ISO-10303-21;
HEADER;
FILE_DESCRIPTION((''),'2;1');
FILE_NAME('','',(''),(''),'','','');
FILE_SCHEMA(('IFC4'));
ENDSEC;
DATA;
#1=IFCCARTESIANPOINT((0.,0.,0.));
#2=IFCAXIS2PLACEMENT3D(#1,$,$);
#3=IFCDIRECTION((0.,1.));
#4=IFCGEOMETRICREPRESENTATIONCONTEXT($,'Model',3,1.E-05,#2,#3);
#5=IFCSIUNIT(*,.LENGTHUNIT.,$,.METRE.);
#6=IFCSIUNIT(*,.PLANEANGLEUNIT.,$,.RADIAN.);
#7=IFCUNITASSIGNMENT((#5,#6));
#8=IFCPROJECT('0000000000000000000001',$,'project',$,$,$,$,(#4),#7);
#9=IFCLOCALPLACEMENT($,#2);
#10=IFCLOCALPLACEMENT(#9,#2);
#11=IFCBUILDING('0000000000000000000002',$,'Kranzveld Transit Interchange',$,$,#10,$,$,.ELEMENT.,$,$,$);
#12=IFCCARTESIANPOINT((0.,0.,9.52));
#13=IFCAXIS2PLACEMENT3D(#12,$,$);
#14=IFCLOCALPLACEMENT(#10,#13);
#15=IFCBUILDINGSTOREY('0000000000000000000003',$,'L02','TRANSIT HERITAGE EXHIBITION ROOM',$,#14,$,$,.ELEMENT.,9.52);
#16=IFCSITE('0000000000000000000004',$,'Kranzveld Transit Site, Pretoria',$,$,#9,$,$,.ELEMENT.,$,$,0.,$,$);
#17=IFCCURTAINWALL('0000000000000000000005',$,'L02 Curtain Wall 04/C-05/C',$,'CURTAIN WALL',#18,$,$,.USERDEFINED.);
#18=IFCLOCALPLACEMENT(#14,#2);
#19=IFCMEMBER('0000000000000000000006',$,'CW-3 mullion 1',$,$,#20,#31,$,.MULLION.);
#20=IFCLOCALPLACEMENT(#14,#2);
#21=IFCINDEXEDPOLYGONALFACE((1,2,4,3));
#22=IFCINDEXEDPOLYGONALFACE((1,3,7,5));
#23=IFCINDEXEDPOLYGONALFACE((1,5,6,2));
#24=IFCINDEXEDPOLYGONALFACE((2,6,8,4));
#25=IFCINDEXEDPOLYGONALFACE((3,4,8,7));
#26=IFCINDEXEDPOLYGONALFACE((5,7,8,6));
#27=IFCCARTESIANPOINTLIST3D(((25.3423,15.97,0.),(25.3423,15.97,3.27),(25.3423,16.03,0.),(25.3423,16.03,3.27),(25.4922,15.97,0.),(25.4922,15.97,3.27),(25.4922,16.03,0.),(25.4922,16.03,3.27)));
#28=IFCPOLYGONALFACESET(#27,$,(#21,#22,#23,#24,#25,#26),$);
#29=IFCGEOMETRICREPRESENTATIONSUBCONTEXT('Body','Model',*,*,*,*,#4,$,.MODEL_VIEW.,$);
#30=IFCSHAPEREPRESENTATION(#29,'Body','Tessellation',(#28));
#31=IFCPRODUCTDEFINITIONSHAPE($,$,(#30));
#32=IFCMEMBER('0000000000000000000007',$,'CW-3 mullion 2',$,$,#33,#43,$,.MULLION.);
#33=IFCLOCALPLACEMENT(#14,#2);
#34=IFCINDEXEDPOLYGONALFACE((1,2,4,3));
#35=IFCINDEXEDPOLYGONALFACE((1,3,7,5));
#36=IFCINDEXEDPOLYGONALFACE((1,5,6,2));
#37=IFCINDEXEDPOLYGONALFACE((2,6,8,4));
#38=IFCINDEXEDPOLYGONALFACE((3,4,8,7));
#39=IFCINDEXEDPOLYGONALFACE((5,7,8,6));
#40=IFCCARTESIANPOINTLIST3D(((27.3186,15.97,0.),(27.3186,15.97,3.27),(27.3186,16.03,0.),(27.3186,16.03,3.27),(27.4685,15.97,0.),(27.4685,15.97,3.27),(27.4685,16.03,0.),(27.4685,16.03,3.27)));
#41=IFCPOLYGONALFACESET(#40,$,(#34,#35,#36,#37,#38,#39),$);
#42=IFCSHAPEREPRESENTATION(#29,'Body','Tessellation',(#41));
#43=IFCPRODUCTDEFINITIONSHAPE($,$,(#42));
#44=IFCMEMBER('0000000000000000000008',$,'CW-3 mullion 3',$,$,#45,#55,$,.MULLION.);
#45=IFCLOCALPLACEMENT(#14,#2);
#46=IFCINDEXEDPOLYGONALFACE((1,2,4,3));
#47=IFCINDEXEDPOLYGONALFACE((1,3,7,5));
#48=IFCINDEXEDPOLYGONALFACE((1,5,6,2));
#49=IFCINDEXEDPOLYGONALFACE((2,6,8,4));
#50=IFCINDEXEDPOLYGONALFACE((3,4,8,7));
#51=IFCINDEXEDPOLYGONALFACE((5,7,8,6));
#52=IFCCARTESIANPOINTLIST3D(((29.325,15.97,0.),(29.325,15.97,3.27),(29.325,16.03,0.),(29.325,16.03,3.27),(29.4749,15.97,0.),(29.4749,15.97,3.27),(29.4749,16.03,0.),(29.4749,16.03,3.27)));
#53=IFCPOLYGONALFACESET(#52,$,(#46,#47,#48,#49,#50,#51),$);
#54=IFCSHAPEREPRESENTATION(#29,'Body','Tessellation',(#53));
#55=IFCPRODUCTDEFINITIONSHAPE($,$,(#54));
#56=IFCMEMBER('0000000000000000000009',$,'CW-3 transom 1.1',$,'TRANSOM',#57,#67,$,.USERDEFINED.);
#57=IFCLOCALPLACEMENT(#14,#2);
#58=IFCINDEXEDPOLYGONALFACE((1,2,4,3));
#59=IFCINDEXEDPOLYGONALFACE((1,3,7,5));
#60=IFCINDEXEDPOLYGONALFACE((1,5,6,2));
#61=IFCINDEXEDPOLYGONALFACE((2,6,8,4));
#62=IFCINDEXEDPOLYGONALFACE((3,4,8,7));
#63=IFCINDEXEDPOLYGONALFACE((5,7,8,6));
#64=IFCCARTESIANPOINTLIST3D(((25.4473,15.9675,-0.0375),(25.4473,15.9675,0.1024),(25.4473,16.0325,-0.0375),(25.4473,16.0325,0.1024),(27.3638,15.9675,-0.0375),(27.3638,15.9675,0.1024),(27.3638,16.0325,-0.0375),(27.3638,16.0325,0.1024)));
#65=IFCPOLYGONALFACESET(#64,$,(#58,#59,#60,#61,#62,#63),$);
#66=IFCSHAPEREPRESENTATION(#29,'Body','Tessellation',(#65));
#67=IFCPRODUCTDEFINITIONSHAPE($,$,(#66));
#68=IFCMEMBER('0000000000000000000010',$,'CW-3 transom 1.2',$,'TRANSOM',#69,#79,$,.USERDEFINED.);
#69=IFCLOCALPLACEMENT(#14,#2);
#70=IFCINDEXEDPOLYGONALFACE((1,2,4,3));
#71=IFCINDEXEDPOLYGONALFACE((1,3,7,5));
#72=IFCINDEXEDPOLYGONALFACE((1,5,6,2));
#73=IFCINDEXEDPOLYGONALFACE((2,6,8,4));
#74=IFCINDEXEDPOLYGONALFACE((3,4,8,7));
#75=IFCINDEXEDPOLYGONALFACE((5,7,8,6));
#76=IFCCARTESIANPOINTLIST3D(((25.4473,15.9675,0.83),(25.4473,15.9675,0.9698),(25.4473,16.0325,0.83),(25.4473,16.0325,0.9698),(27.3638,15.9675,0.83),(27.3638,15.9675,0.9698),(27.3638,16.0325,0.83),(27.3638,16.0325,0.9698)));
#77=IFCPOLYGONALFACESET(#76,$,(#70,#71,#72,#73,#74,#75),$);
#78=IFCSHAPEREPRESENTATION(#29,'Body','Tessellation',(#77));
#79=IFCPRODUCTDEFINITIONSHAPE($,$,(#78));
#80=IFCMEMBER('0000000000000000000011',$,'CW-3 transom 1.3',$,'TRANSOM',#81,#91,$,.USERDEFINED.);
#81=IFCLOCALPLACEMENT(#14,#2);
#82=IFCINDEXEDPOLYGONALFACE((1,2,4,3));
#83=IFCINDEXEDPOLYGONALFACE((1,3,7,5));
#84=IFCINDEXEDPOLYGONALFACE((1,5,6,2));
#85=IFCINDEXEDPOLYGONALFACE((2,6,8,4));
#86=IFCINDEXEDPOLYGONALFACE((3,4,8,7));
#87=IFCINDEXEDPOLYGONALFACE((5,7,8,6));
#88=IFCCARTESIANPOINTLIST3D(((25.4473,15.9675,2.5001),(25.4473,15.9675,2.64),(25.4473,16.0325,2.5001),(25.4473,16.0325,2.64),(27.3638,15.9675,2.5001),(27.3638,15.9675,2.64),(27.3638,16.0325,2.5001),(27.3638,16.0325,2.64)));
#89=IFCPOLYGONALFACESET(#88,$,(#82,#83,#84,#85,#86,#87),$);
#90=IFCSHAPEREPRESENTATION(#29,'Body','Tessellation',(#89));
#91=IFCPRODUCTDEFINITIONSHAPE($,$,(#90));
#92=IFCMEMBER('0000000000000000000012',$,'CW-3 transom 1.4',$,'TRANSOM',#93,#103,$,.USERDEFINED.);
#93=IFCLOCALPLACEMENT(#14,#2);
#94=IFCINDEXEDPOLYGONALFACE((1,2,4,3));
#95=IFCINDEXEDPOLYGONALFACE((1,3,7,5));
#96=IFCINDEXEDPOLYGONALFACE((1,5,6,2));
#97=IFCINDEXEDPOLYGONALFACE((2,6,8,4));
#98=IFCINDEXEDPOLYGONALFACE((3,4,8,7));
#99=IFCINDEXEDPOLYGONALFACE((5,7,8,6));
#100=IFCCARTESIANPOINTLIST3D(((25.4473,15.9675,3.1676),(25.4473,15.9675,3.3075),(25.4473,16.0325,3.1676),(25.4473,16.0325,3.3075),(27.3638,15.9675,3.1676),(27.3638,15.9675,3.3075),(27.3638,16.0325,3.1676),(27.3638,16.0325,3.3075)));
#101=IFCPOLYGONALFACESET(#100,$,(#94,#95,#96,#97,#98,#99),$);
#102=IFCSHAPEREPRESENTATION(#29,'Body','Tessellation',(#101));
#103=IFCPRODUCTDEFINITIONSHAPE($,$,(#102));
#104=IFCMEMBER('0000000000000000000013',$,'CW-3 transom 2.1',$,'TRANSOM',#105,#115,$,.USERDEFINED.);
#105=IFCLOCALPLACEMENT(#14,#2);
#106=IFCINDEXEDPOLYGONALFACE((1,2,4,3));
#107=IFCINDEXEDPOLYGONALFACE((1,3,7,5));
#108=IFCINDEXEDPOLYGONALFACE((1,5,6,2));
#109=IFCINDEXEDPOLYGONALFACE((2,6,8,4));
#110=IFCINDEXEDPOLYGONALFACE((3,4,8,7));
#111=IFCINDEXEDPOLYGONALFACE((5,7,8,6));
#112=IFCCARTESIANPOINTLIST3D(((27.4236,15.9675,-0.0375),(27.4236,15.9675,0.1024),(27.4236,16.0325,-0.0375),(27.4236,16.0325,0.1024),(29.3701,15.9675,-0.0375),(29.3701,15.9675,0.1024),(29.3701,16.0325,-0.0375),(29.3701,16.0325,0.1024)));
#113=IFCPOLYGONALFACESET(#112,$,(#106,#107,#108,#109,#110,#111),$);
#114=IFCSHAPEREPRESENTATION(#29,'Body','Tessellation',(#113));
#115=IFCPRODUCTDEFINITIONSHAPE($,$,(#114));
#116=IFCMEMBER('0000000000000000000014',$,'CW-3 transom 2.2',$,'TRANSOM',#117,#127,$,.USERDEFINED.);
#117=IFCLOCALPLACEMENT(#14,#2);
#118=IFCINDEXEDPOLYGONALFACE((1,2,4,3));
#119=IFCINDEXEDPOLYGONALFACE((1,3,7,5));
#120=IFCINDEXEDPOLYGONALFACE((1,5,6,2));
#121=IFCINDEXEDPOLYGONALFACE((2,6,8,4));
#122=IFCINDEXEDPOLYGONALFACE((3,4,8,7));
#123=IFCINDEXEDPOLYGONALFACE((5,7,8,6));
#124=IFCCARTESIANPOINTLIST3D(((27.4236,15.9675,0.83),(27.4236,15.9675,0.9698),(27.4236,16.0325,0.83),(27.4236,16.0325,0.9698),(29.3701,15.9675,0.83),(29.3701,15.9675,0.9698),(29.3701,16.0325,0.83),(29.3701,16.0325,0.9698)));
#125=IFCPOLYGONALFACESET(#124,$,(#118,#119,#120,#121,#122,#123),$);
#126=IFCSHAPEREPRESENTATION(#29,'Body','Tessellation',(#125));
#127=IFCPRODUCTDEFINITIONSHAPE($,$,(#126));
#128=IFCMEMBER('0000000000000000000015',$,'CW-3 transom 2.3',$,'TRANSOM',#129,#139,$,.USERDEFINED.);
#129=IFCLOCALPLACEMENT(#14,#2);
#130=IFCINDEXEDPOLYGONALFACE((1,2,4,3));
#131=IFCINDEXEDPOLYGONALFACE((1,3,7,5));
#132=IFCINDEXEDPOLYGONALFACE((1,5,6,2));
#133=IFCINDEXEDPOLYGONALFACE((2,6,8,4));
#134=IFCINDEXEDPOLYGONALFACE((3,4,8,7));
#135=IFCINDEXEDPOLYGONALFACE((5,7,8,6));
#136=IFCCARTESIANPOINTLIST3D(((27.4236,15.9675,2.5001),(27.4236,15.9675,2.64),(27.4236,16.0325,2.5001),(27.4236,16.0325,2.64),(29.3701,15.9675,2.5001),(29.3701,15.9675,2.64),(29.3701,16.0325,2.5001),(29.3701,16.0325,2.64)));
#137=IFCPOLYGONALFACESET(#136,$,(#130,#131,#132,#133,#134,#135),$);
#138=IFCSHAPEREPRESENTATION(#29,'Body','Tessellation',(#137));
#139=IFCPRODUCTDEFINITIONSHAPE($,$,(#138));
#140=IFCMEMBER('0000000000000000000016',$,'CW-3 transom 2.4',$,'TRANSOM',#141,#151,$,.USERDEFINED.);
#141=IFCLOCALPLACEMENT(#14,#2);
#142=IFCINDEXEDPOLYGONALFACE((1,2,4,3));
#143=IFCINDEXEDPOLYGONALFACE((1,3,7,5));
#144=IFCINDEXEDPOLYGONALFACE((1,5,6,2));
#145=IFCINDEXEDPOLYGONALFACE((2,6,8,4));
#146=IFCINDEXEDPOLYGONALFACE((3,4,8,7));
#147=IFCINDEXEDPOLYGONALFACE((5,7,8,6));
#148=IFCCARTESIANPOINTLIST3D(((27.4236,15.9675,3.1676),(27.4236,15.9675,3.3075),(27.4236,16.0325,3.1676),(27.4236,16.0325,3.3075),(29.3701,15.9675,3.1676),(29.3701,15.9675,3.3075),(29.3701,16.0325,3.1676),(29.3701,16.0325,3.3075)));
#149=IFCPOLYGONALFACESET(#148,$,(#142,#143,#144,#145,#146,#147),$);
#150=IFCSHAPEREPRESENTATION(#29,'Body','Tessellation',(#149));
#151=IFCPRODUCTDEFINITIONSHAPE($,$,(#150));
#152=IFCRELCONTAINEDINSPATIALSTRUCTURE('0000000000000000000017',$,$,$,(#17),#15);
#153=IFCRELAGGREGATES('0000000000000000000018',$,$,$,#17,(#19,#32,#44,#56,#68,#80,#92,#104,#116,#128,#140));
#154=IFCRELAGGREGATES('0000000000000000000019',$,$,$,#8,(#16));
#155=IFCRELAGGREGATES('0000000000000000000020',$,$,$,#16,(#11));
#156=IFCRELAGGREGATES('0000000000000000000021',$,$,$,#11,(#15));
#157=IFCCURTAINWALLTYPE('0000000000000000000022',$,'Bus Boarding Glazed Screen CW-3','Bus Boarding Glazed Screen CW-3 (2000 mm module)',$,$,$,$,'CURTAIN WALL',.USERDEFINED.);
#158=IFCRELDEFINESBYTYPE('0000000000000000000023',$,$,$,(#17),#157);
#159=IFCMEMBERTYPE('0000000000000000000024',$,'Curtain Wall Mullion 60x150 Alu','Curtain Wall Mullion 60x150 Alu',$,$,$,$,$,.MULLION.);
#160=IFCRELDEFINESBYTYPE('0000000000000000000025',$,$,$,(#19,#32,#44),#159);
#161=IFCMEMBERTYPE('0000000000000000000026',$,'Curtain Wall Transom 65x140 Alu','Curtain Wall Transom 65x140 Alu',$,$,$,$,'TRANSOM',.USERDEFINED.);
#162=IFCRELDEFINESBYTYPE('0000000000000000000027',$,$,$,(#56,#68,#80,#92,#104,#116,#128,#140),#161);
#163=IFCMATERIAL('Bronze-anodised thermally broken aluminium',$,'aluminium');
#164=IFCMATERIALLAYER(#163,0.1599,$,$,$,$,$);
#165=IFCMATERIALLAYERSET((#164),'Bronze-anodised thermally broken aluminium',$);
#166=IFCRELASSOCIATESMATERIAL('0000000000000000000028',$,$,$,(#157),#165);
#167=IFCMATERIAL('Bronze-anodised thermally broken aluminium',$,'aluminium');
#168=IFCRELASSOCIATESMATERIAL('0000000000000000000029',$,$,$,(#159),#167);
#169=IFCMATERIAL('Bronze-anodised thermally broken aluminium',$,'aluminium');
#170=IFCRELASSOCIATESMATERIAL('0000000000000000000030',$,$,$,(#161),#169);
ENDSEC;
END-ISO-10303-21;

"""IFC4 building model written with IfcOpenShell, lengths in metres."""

from ifc_helpers import new_model, si_unit, direction, frame, origin, origin_2d, place, context, subcontext, project, spatial, rectangle, extrude, material, layer, layer_set, material_profile, profile_set, type_object, element, aggregate, save


model = new_model("IFC4")

# Units and contexts
model_context = context("Model", 3, precision=1e-05, world=origin(), true_north=direction((0.0, 1.0)))
body_context = subcontext(model_context, "Body", "Model", "MODEL_VIEW")
ifc_project = project(units=[si_unit("LENGTHUNIT", "METRE"), si_unit("PLANEANGLEUNIT", "RADIAN")], contexts=[model_context])

# Site, building, storey
site_placement = place(None, origin())
site = spatial("IfcSite", under=ifc_project, at=site_placement, Name="Kranzveld Transit Site, Pretoria", CompositionType="ELEMENT", RefElevation=0.0)
building_placement = place(site_placement, origin())
building = spatial("IfcBuilding", under=site, at=building_placement, Name="Kranzveld Transit Interchange", CompositionType="ELEMENT")
storey_placement = place(building_placement, frame((0.0, 0.0, 9.52)))
storey = spatial("IfcBuildingStorey", under=building, at=storey_placement, Name="L02", Description="TRANSIT HERITAGE EXHIBITION ROOM", CompositionType="ELEMENT", Elevation=9.52)

# Curtain wall, members
ifc_material_1 = material(Name="Bronze-anodised thermally broken aluminium", Category="aluminium")
ifc_layer_1 = layer(ifc_material_1, 0.1599)
ifc_layer_set_1 = layer_set([ifc_layer_1], Name="Bronze-anodised thermally broken aluminium")
curtain_wall_type = type_object("IfcCurtainWallType", Name="Bus Boarding Glazed Screen CW-3", Description="Bus Boarding Glazed Screen CW-3 (2000 mm module)", ElementType="CURTAIN WALL", PredefinedType="USERDEFINED", material=ifc_layer_set_1)
curtain_wall_placement = place(storey_placement, origin())
curtain_wall = element("IfcCurtainWall", 1, at=curtain_wall_placement, inside=storey, type_object=curtain_wall_type, Name="L02 Curtain Wall 04/C-05/C", ObjectType="CURTAIN WALL", PredefinedType="USERDEFINED")
ifc_material_2 = material(Name="Bronze-anodised thermally broken aluminium", Category="aluminium")
ifc_material_profile_1 = material_profile(ifc_material_2, rectangle(XDim=0.0601, YDim=0.1499, at=origin_2d()), Name="ALU MULLION 60x150")
ifc_profile_set_1 = profile_set([ifc_material_profile_1], Name="Bronze-anodised thermally broken aluminium")
member_type_1 = type_object("IfcMemberType", Name="Curtain Wall Mullion 60x150 Alu", Description="Curtain Wall Mullion 60x150 Alu", PredefinedType="MULLION", material=ifc_profile_set_1)
member_1_placement = place(storey_placement, frame((25.4172, 16.0, 0.0), z_axis=(0.0, 0.0, 1.0), x_axis=(0.0, 1.0, 0.0)))
member_1 = element("IfcMember", 2, at=member_1_placement, type_object=member_type_1, Name="CW-3 mullion 1", PredefinedType="MULLION", context=body_context, shape_type="SweptSolid", body=[
    extrude(rectangle(XDim=0.0601, YDim=0.1499, at=origin_2d()), origin(), (0.0, 0.0, 1.0), 3.27),
])
member_2_placement = place(storey_placement, frame((27.3936, 16.0, 0.0), z_axis=(0.0, 0.0, 1.0), x_axis=(0.0, 1.0, 0.0)))
member_2 = element("IfcMember", 3, at=member_2_placement, type_object=member_type_1, Name="CW-3 mullion 2", PredefinedType="MULLION", context=body_context, shape_type="SweptSolid", body=[
    extrude(rectangle(XDim=0.0601, YDim=0.1499, at=origin_2d()), origin(), (0.0, 0.0, 1.0), 3.27),
])
member_3_placement = place(storey_placement, frame((29.3999, 16.0, 0.0), z_axis=(0.0, 0.0, 1.0), x_axis=(0.0, 1.0, 0.0)))
member_3 = element("IfcMember", 4, at=member_3_placement, type_object=member_type_1, Name="CW-3 mullion 3", PredefinedType="MULLION", context=body_context, shape_type="SweptSolid", body=[
    extrude(rectangle(XDim=0.0601, YDim=0.1499, at=origin_2d()), origin(), (0.0, 0.0, 1.0), 3.27),
])
ifc_material_3 = material(Name="Bronze-anodised thermally broken aluminium", Category="aluminium")
ifc_material_profile_2 = material_profile(ifc_material_3, rectangle(XDim=0.0649, YDim=0.1399, at=origin_2d()), Name="ALU TRANSOM 65x140")
ifc_profile_set_2 = profile_set([ifc_material_profile_2], Name="Bronze-anodised thermally broken aluminium")
member_type_2 = type_object("IfcMemberType", Name="Curtain Wall Transom 65x140 Alu", Description="Curtain Wall Transom 65x140 Alu", ElementType="TRANSOM", PredefinedType="USERDEFINED", material=ifc_profile_set_2)
member_4_placement = place(storey_placement, frame((25.4473, 16.0, 0.0325), z_axis=(1.0, 0.0, 0.0), x_axis=(0.0, 1.0, 0.0)))
member_4 = element("IfcMember", 5, at=member_4_placement, type_object=member_type_2, Name="CW-3 transom 1.1", ObjectType="TRANSOM", PredefinedType="USERDEFINED", context=body_context, shape_type="SweptSolid", body=[
    extrude(rectangle(XDim=0.0649, YDim=0.1399, at=origin_2d()), origin(), (0.0, 0.0, 1.0), 1.9165),
])
member_5_placement = place(storey_placement, frame((25.4473, 16.0, 0.8999), z_axis=(1.0, 0.0, 0.0), x_axis=(0.0, 1.0, 0.0)))
member_5 = element("IfcMember", 6, at=member_5_placement, type_object=member_type_2, Name="CW-3 transom 1.2", ObjectType="TRANSOM", PredefinedType="USERDEFINED", context=body_context, shape_type="SweptSolid", body=[
    extrude(rectangle(XDim=0.0649, YDim=0.1399, at=origin_2d()), origin(), (0.0, 0.0, 1.0), 1.9165),
])
member_6_placement = place(storey_placement, frame((25.4473, 16.0, 2.5701), z_axis=(1.0, 0.0, 0.0), x_axis=(0.0, 1.0, 0.0)))
member_6 = element("IfcMember", 7, at=member_6_placement, type_object=member_type_2, Name="CW-3 transom 1.3", ObjectType="TRANSOM", PredefinedType="USERDEFINED", context=body_context, shape_type="SweptSolid", body=[
    extrude(rectangle(XDim=0.0649, YDim=0.1399, at=origin_2d()), origin(), (0.0, 0.0, 1.0), 1.9165),
])
member_7_placement = place(storey_placement, frame((25.4473, 16.0, 3.2375), z_axis=(1.0, 0.0, 0.0), x_axis=(0.0, 1.0, 0.0)))
member_7 = element("IfcMember", 8, at=member_7_placement, type_object=member_type_2, Name="CW-3 transom 1.4", ObjectType="TRANSOM", PredefinedType="USERDEFINED", context=body_context, shape_type="SweptSolid", body=[
    extrude(rectangle(XDim=0.0649, YDim=0.1399, at=origin_2d()), origin(), (0.0, 0.0, 1.0), 1.9165),
])
member_8_placement = place(storey_placement, frame((27.4236, 16.0, 0.0325), z_axis=(1.0, 0.0, 0.0), x_axis=(0.0, 1.0, 0.0)))
member_8 = element("IfcMember", 9, at=member_8_placement, type_object=member_type_2, Name="CW-3 transom 2.1", ObjectType="TRANSOM", PredefinedType="USERDEFINED", context=body_context, shape_type="SweptSolid", body=[
    extrude(rectangle(XDim=0.0649, YDim=0.1399, at=origin_2d()), origin(), (0.0, 0.0, 1.0), 1.9465),
])
member_9_placement = place(storey_placement, frame((27.4236, 16.0, 0.8999), z_axis=(1.0, 0.0, 0.0), x_axis=(0.0, 1.0, 0.0)))
member_9 = element("IfcMember", 10, at=member_9_placement, type_object=member_type_2, Name="CW-3 transom 2.2", ObjectType="TRANSOM", PredefinedType="USERDEFINED", context=body_context, shape_type="SweptSolid", body=[
    extrude(rectangle(XDim=0.0649, YDim=0.1399, at=origin_2d()), origin(), (0.0, 0.0, 1.0), 1.9465),
])
member_10_placement = place(storey_placement, frame((27.4236, 16.0, 2.5701), z_axis=(1.0, 0.0, 0.0), x_axis=(0.0, 1.0, 0.0)))
member_10 = element("IfcMember", 11, at=member_10_placement, type_object=member_type_2, Name="CW-3 transom 2.3", ObjectType="TRANSOM", PredefinedType="USERDEFINED", context=body_context, shape_type="SweptSolid", body=[
    extrude(rectangle(XDim=0.0649, YDim=0.1399, at=origin_2d()), origin(), (0.0, 0.0, 1.0), 1.9465),
])
member_11_placement = place(storey_placement, frame((27.4236, 16.0, 3.2375), z_axis=(1.0, 0.0, 0.0), x_axis=(0.0, 1.0, 0.0)))
member_11 = element("IfcMember", 12, at=member_11_placement, type_object=member_type_2, Name="CW-3 transom 2.4", ObjectType="TRANSOM", PredefinedType="USERDEFINED", context=body_context, shape_type="SweptSolid", body=[
    extrude(rectangle(XDim=0.0649, YDim=0.1399, at=origin_2d()), origin(), (0.0, 0.0, 1.0), 1.9465),
])

aggregate(curtain_wall, [member_1, member_2, member_3, member_4, member_5, member_6, member_7, member_8, member_9, member_10, member_11])

save(model, "model.ifc")
